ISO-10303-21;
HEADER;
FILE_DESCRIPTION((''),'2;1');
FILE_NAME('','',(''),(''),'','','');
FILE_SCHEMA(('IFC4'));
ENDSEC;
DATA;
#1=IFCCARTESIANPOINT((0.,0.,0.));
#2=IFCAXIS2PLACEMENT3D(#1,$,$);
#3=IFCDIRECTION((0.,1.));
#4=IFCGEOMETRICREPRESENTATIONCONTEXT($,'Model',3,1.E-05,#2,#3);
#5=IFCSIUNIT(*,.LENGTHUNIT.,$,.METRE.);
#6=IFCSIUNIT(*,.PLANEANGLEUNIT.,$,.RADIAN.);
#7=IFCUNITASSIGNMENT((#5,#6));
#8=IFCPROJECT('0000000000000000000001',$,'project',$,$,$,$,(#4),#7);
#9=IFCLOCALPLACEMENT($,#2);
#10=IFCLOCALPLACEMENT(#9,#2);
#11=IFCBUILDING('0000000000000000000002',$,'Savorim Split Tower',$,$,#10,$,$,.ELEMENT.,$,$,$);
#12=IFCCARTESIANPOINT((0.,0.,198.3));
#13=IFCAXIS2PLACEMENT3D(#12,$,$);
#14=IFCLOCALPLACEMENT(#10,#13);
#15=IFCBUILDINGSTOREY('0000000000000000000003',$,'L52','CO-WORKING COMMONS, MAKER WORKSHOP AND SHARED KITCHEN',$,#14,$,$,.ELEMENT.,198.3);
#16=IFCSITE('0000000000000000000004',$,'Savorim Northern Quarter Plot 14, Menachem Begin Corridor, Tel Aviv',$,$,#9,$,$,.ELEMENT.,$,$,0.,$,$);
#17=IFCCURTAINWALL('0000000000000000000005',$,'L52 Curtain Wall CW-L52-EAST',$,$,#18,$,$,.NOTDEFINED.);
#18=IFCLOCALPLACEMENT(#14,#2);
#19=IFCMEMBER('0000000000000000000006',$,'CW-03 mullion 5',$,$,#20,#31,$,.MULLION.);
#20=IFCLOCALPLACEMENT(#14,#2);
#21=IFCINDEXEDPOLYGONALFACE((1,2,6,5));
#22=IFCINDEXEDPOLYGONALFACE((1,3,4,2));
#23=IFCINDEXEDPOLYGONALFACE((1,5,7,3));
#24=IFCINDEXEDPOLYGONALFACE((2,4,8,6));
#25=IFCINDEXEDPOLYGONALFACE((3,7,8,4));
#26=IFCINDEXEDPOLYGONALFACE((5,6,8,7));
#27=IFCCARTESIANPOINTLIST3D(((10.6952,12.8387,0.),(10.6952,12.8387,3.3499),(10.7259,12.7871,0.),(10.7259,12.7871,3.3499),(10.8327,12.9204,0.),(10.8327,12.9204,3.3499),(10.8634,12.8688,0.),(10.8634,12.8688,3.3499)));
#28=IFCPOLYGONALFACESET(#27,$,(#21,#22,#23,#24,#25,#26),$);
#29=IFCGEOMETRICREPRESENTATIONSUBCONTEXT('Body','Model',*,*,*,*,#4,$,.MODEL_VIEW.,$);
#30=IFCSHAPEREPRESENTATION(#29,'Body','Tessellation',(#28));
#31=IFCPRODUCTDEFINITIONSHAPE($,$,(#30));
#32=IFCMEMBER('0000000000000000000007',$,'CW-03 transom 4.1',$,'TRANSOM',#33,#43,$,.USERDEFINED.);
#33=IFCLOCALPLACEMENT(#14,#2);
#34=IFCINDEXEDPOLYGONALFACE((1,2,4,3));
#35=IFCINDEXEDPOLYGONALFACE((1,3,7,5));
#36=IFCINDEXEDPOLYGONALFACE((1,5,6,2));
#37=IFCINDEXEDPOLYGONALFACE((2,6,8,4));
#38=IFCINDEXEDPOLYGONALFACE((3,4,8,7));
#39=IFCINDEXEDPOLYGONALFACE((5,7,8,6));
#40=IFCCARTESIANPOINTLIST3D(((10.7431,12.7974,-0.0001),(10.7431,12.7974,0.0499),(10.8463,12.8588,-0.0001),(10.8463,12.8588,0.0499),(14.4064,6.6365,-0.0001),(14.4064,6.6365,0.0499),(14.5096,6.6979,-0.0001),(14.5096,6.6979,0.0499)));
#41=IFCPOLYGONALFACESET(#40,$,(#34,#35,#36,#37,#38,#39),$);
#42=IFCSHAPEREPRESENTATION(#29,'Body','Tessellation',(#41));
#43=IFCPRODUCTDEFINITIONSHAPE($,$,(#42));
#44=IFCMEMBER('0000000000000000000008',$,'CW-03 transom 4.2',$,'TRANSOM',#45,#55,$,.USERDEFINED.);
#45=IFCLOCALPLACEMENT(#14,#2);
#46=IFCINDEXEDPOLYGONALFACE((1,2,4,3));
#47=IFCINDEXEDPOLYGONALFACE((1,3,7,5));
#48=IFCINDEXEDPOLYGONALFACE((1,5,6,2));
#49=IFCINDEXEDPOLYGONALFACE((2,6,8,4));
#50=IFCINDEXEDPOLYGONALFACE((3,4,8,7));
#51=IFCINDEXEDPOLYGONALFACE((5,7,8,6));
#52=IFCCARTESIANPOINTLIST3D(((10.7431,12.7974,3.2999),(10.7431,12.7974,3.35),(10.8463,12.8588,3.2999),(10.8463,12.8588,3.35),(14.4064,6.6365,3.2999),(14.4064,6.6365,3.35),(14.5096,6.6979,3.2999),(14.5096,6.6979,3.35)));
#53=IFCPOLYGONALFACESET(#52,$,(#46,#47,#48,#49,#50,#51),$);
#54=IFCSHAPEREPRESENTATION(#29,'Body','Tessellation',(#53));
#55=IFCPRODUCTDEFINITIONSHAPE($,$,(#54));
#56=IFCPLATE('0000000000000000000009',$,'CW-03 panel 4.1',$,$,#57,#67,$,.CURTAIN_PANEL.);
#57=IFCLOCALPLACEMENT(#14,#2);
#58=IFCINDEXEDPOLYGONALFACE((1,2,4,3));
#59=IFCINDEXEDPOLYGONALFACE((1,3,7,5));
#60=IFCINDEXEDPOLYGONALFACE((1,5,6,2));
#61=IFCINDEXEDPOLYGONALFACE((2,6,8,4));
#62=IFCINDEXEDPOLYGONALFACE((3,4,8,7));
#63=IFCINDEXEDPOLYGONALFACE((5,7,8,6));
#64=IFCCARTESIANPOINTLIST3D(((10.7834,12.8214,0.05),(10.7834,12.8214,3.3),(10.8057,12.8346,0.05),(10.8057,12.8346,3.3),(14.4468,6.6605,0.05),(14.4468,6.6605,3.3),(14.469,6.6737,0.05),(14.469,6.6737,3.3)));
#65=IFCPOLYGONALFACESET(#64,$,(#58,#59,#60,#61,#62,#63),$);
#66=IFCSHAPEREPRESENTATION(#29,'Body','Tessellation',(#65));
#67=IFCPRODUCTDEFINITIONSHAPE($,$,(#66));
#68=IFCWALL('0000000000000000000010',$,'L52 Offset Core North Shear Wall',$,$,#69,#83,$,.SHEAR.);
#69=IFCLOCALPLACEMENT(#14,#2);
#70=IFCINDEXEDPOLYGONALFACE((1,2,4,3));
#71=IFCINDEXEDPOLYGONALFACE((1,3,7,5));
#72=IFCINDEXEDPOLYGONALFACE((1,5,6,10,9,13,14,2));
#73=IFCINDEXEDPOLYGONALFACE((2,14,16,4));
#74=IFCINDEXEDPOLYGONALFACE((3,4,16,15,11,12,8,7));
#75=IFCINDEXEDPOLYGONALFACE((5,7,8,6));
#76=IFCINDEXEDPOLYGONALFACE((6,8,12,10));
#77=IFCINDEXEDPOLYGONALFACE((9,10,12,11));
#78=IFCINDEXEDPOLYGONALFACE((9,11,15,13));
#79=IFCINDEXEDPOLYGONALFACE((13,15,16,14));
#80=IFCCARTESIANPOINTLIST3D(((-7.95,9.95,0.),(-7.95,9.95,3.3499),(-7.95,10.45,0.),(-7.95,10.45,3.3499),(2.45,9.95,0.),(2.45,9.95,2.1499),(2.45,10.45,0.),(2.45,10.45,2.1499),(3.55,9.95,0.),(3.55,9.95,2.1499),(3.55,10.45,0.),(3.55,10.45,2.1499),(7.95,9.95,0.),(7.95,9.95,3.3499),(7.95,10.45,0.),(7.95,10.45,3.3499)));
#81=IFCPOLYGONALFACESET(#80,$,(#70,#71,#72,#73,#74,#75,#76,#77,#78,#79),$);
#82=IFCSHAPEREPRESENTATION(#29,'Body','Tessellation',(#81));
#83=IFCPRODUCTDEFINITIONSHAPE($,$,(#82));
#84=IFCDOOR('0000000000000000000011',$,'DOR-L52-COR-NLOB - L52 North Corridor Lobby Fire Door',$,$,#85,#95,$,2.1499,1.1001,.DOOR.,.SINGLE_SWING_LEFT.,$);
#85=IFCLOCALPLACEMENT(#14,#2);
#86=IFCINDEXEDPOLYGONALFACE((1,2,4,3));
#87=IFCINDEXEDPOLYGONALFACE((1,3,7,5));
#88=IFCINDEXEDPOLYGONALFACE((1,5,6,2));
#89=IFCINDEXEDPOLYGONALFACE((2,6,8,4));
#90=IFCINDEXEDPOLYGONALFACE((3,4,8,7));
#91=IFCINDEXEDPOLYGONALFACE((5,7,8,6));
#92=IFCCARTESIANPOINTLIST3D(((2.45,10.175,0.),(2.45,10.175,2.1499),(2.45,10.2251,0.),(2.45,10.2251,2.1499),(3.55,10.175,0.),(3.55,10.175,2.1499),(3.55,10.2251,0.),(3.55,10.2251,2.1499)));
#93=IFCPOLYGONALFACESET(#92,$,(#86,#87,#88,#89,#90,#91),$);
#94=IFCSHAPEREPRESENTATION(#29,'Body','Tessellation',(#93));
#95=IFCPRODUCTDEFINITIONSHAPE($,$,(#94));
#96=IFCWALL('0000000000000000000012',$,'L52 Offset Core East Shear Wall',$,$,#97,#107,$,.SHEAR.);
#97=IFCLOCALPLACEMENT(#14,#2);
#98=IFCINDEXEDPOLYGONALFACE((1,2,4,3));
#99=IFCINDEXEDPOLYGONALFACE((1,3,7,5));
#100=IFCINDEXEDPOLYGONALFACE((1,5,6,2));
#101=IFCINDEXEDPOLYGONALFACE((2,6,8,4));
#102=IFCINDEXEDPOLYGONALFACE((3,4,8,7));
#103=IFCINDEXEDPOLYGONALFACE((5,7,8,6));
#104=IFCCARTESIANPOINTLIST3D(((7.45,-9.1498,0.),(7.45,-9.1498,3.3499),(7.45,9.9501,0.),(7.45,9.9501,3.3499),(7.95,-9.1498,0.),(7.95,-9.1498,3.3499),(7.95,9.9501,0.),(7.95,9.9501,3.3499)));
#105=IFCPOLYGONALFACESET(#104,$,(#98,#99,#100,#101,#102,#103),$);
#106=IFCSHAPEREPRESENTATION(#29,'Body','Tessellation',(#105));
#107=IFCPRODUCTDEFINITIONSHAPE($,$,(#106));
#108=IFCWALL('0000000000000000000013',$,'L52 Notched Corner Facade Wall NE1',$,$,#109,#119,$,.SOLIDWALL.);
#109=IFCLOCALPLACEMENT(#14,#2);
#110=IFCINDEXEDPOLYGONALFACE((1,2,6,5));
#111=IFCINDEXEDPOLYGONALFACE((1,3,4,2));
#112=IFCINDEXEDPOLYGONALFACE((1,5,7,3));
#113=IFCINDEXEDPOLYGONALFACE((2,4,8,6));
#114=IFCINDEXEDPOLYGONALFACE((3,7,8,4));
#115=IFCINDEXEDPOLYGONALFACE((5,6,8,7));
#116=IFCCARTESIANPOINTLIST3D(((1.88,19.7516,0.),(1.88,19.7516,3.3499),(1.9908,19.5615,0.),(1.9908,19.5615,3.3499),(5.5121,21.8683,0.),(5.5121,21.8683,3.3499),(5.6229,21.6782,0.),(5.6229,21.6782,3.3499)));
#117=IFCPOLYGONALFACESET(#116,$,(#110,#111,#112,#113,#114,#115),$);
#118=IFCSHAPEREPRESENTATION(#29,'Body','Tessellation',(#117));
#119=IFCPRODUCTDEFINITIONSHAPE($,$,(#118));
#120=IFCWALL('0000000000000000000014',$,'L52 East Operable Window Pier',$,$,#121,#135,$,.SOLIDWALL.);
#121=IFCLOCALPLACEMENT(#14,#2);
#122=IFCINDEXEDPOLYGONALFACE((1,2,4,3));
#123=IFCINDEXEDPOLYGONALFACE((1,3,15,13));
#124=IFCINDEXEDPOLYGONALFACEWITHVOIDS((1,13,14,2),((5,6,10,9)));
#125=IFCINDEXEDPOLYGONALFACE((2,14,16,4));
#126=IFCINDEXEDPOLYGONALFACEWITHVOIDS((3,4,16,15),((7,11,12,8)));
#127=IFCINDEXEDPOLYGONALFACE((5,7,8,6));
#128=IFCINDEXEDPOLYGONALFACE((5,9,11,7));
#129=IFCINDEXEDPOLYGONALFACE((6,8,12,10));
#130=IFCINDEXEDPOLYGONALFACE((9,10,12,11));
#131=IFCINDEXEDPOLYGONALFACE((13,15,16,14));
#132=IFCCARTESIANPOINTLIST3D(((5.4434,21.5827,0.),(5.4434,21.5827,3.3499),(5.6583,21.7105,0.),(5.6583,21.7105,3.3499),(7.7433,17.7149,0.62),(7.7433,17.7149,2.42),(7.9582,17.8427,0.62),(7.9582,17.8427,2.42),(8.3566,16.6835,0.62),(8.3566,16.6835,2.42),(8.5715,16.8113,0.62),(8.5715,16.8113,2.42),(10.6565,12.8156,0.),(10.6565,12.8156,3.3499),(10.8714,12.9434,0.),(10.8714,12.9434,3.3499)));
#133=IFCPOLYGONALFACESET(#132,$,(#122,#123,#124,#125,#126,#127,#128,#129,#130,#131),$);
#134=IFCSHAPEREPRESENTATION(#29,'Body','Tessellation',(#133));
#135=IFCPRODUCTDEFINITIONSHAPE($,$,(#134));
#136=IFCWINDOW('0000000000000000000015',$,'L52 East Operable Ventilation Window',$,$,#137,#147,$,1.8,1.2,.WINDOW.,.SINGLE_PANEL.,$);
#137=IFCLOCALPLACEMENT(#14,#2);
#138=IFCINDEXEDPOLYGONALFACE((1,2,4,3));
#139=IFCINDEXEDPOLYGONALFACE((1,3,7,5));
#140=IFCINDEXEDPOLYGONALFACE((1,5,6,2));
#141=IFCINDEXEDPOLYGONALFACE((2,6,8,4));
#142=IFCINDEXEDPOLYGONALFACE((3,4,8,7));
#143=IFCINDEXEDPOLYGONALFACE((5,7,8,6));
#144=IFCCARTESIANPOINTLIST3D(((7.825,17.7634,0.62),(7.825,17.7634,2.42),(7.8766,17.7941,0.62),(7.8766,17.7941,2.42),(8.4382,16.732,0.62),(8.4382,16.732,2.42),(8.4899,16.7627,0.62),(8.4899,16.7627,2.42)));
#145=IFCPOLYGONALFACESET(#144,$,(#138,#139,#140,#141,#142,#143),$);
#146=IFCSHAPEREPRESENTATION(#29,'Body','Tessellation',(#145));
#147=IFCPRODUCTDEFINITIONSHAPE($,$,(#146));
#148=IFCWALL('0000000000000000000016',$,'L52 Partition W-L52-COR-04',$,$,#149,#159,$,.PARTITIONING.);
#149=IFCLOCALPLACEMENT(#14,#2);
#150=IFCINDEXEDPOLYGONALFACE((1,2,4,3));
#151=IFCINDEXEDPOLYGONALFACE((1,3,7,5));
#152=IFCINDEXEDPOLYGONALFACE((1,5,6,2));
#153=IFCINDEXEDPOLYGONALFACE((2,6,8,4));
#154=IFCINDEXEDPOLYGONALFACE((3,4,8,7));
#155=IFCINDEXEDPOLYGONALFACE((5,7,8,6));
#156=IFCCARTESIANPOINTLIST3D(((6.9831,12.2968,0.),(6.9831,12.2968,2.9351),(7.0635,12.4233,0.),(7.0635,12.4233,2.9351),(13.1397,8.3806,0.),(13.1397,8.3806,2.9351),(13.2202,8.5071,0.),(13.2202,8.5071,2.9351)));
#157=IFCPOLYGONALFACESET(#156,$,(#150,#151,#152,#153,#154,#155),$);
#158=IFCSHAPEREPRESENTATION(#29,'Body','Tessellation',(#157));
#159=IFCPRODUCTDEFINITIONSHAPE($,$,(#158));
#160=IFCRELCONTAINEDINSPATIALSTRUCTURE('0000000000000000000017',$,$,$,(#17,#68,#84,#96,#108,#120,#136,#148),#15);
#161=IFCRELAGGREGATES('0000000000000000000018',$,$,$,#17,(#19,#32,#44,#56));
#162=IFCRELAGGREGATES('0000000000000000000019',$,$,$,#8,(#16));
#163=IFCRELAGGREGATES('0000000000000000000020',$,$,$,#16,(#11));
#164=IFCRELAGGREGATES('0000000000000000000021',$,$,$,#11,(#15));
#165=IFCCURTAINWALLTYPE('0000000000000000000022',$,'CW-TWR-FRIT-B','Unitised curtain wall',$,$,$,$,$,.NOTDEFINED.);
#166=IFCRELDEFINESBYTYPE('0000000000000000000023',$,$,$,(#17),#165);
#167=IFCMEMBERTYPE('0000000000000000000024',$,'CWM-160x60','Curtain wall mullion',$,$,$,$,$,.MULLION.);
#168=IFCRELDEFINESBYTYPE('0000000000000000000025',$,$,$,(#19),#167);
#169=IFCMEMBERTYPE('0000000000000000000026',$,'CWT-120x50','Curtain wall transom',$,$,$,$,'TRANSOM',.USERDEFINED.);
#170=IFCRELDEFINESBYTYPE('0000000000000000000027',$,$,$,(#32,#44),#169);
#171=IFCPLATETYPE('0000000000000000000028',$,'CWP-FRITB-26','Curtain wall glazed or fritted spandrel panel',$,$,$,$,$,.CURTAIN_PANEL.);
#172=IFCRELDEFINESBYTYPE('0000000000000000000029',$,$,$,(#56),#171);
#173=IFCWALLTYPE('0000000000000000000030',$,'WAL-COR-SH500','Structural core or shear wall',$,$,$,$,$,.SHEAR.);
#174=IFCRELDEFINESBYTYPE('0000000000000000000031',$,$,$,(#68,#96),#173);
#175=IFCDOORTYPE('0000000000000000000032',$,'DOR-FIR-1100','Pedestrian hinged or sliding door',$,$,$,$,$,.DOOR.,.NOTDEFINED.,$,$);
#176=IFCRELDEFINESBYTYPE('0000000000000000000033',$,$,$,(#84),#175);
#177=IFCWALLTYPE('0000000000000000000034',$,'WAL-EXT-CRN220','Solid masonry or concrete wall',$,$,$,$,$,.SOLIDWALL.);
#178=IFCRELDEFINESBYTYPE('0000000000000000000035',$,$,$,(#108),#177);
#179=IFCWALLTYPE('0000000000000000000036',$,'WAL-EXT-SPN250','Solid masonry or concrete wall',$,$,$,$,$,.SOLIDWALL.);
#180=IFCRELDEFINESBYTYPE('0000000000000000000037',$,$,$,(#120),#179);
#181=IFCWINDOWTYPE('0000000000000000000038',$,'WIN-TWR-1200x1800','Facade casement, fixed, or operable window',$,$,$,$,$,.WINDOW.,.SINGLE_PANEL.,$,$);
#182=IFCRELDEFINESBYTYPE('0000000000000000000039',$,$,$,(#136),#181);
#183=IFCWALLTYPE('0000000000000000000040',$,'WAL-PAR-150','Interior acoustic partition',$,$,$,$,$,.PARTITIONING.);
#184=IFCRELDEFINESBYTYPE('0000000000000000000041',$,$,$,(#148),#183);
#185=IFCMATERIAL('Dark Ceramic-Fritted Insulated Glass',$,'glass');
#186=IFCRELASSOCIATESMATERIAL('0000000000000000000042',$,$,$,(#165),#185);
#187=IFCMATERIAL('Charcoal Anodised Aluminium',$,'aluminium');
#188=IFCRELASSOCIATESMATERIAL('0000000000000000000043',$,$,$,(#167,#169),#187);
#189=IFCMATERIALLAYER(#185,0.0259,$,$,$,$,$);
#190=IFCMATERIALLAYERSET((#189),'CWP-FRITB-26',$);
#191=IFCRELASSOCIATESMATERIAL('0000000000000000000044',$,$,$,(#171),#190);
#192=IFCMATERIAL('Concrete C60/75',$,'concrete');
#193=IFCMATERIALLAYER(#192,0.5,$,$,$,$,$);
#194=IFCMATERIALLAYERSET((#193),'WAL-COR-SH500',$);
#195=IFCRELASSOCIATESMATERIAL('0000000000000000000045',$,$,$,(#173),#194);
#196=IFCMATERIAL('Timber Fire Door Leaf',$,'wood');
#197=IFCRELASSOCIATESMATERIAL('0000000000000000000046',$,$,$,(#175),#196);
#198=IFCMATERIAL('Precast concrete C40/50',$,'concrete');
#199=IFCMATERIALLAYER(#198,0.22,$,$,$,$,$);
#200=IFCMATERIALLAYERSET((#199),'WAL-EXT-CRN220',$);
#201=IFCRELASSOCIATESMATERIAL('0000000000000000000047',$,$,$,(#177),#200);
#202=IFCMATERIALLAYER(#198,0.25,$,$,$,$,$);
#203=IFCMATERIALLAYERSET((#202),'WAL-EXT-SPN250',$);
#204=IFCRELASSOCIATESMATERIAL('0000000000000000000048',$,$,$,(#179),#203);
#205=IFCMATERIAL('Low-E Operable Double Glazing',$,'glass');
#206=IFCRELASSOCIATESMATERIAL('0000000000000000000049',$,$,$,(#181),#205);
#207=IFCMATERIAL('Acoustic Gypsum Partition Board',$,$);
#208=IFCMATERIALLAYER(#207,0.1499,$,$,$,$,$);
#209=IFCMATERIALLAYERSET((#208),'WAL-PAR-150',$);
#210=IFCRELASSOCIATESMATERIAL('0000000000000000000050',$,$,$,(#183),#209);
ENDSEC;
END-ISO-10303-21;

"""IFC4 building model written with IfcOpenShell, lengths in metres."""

from ifc_helpers import new_model, si_unit, direction, frame, frame_2d, origin, origin_2d, place, context, subcontext, project, spatial, rectangle, extrude, material, layer, layer_set, material_profile, profile_set, type_object, element, fill, aggregate, save


model = new_model("IFC4")

# Units and contexts
model_context = context("Model", 3, precision=1e-05, world=origin(), true_north=direction((0.0, 1.0)))
body_context = subcontext(model_context, "Body", "Model", "MODEL_VIEW")
ifc_project = project(units=[si_unit("LENGTHUNIT", "METRE"), si_unit("PLANEANGLEUNIT", "RADIAN")], contexts=[model_context])

# Site, building, storey
site_placement = place(None, origin())
site = spatial("IfcSite", under=ifc_project, at=site_placement, Name="Savorim Northern Quarter Plot 14, Menachem Begin Corridor, Tel Aviv", CompositionType="ELEMENT", RefElevation=0.0)
building_placement = place(site_placement, origin())
building = spatial("IfcBuilding", under=site, at=building_placement, Name="Savorim Split Tower", CompositionType="ELEMENT")
storey_placement = place(building_placement, frame((0.0, 0.0, 198.3)))
storey = spatial("IfcBuildingStorey", under=building, at=storey_placement, Name="L52", Description="CO-WORKING COMMONS, MAKER WORKSHOP AND SHARED KITCHEN", CompositionType="ELEMENT", Elevation=198.3)

# Curtain wall, members, plate
ifc_material_1 = material(Name="Dark Ceramic-Fritted Insulated Glass", Category="glass")
curtain_wall_type = type_object("IfcCurtainWallType", Name="CW-TWR-FRIT-B", Description="Unitised curtain wall", PredefinedType="NOTDEFINED", material=ifc_material_1)
curtain_wall_placement = place(storey_placement, origin())
curtain_wall = element("IfcCurtainWall", 1, at=curtain_wall_placement, inside=storey, type_object=curtain_wall_type, Name="L52 Curtain Wall CW-L52-EAST", PredefinedType="NOTDEFINED")
ifc_material_2 = material(Name="Charcoal Anodised Aluminium", Category="aluminium")
ifc_material_profile_1 = material_profile(ifc_material_2, rectangle(XDim=0.1599, YDim=0.0601, at=origin_2d()), Name="ALU-M 160x60")
ifc_profile_set_1 = profile_set([ifc_material_profile_1], Name="Charcoal Anodised Aluminium")
member_type_1 = type_object("IfcMemberType", Name="CWM-160x60", Description="Curtain wall mullion", PredefinedType="MULLION", material=ifc_profile_set_1)
member_1_placement = place(storey_placement, frame((10.7793, 12.8538, 0.0), z_axis=(0.0, 0.0, 1.0), x_axis=(-0.859526, -0.511092, 0.0)))
member_1 = element("IfcMember", 2, at=member_1_placement, type_object=member_type_1, Name="CW-03 mullion 5", PredefinedType="MULLION", context=body_context, shape_type="SweptSolid", body=[
    extrude(rectangle(XDim=0.1599, YDim=0.0601, at=origin_2d()), origin(), (0.0, 0.0, 1.0), 3.3499),
])
ifc_material_profile_2 = material_profile(ifc_material_2, rectangle(XDim=0.1201, YDim=0.05, at=origin_2d()), Name="ALU-T 120x50")
ifc_profile_set_2 = profile_set([ifc_material_profile_2], Name="Charcoal Anodised Aluminium")
member_type_2 = type_object("IfcMemberType", Name="CWT-120x50", Description="Curtain wall transom", ElementType="TRANSOM", PredefinedType="USERDEFINED", material=ifc_profile_set_2)
member_2_placement = place(storey_placement, frame((14.458, 6.6672, 0.0249), z_axis=(-0.511086, 0.85953, 0.0), x_axis=(-0.85953, -0.511086, 0.0)))
member_2 = element("IfcMember", 3, at=member_2_placement, type_object=member_type_2, Name="CW-03 transom 4.1", ObjectType="TRANSOM", PredefinedType="USERDEFINED", context=body_context, shape_type="SweptSolid", body=[
    extrude(rectangle(XDim=0.1201, YDim=0.05, at=origin_2d()), origin(), (0.0, 0.0, 1.0), 7.1677),
])
member_3_placement = place(storey_placement, frame((14.458, 6.6672, 3.325), z_axis=(-0.511086, 0.85953, 0.0), x_axis=(-0.85953, -0.511086, 0.0)))
member_3 = element("IfcMember", 4, at=member_3_placement, type_object=member_type_2, Name="CW-03 transom 4.2", ObjectType="TRANSOM", PredefinedType="USERDEFINED", context=body_context, shape_type="SweptSolid", body=[
    extrude(rectangle(XDim=0.1201, YDim=0.05, at=origin_2d()), origin(), (0.0, 0.0, 1.0), 7.1677),
])
ifc_layer_1 = layer(ifc_material_1, 0.0259)
ifc_layer_set_1 = layer_set([ifc_layer_1], Name="CWP-FRITB-26")
plate_type = type_object("IfcPlateType", Name="CWP-FRITB-26", Description="Curtain wall glazed or fritted spandrel panel", PredefinedType="CURTAIN_PANEL", material=ifc_layer_set_1)
plate_placement = place(storey_placement, frame((12.6262, 9.7476, 0.05), z_axis=(0.0, 0.0, 1.0), x_axis=(-0.511092, 0.859526, 0.0)))
plate = element("IfcPlate", 5, at=plate_placement, type_object=plate_type, Name="CW-03 panel 4.1", PredefinedType="CURTAIN_PANEL", context=body_context, shape_type="SweptSolid", body=[
    extrude(rectangle(XDim=7.1677, YDim=0.0259, at=origin_2d()), origin(), (0.0, 0.0, 1.0), 3.25),
])
aggregate(curtain_wall, [member_1, member_2, member_3, plate])

# Wall, opening, door
ifc_material_3 = material(Name="Concrete C60/75", Category="concrete")
ifc_layer_2 = layer(ifc_material_3, 0.5)
ifc_layer_set_2 = layer_set([ifc_layer_2], Name="WAL-COR-SH500")
wall_type_1 = type_object("IfcWallType", Name="WAL-COR-SH500", Description="Structural core or shear wall", PredefinedType="SHEAR", material=ifc_layer_set_2)
wall_1_placement = place(storey_placement, frame((7.95, 10.2, 0.0), z_axis=(0.0, 0.0, 1.0), x_axis=(-1.0, 0.0, 0.0)))
wall_1 = element("IfcWall", 6, at=wall_1_placement, inside=storey, type_object=wall_type_1, Name="L52 Offset Core North Shear Wall", PredefinedType="SHEAR", context=body_context, shape_type="SweptSolid", body=[
    extrude(rectangle(XDim=15.8999, YDim=0.5, at=frame_2d((7.95, 0.0))), origin(), (0.0, 0.0, 1.0), 3.3499),
])
opening_1_placement = place(wall_1_placement, frame((4.3999, 0.0, 0.0)))
opening_1 = element("IfcOpeningElement", 7, at=opening_1_placement, cuts=wall_1, PredefinedType="OPENING", context=body_context, shape_type="SweptSolid", body=[
    extrude(rectangle(XDim=1.1001, YDim=2.1499, at=frame_2d((0.55, 1.075))), frame((0.0, 0.26, 0.0), z_axis=(0.0, -1.0, 0.0), x_axis=(1.0, 0.0, 0.0)), (0.0, 0.0, 1.0), 0.52),
])
ifc_material_4 = material(Name="Timber Fire Door Leaf", Category="wood")
door_type_1 = type_object("IfcDoorType", Name="DOR-FIR-1100", Description="Pedestrian hinged or sliding door", OperationType="NOTDEFINED", PredefinedType="DOOR", material=ifc_material_4)
door_1_placement = place(opening_1_placement, origin())
door_1 = element("IfcDoor", 8, at=door_1_placement, inside=storey, type_object=door_type_1, Name="DOR-L52-COR-NLOB - L52 North Corridor Lobby Fire Door", OperationType="SINGLE_SWING_LEFT", OverallHeight=2.1499, OverallWidth=1.1001, PredefinedType="DOOR", context=body_context, shape_type="SweptSolid", body=[
    extrude(rectangle(XDim=1.1001, YDim=2.1499, at=frame_2d((0.55, 1.075))), frame((0.0, 0.0249, 0.0), z_axis=(0.0, -1.0, 0.0), x_axis=(1.0, 0.0, 0.0)), (0.0, 0.0, 1.0), 0.05),
])
fill(opening_1, door_1)

# Walls
wall_2_placement = place(storey_placement, frame((7.7, 9.95, 0.0), z_axis=(0.0, 0.0, 1.0), x_axis=(0.0, -1.0, 0.0)))
element("IfcWall", 9, at=wall_2_placement, inside=storey, type_object=wall_type_1, Name="L52 Offset Core East Shear Wall", PredefinedType="SHEAR", context=body_context, shape_type="SweptSolid", body=[
    extrude(rectangle(XDim=19.0999, YDim=0.5, at=frame_2d((9.5498, 0.0))), origin(), (0.0, 0.0, 1.0), 3.3499),
])
ifc_material_5 = material(Name="Precast concrete C40/50", Category="concrete")
ifc_layer_3 = layer(ifc_material_5, 0.22)
ifc_layer_set_3 = layer_set([ifc_layer_3], Name="WAL-EXT-CRN220")
wall_type_2 = type_object("IfcWallType", Name="WAL-EXT-CRN220", Description="Solid masonry or concrete wall", PredefinedType="SOLIDWALL", material=ifc_layer_set_3)
wall_3_placement = place(storey_placement, frame((1.9353, 19.6565, 0.0), z_axis=(0.0, 0.0, 1.0), x_axis=(0.863987, 0.503514, 0.0)))
element("IfcWall", 10, at=wall_3_placement, inside=storey, type_object=wall_type_2, Name="L52 Notched Corner Facade Wall NE1", PredefinedType="SOLIDWALL", context=body_context, shape_type="SweptSolid", body=[
    extrude(rectangle(XDim=4.2039, YDim=0.22, at=frame_2d((2.1021, 0.0))), origin(), (0.0, 0.0, 1.0), 3.3499),
])

# Wall, opening, window
ifc_layer_4 = layer(ifc_material_5, 0.25)
ifc_layer_set_4 = layer_set([ifc_layer_4], Name="WAL-EXT-SPN250")
wall_type_3 = type_object("IfcWallType", Name="WAL-EXT-SPN250", Description="Solid masonry or concrete wall", PredefinedType="SOLIDWALL", material=ifc_layer_set_4)
wall_4_placement = place(storey_placement, frame((5.5508, 21.6467, 0.0), z_axis=(0.0, 0.0, 1.0), x_axis=(0.511095, -0.859524, 0.0)))
wall_4 = element("IfcWall", 11, at=wall_4_placement, inside=storey, type_object=wall_type_3, Name="L52 East Operable Window Pier", PredefinedType="SOLIDWALL", context=body_context, shape_type="SweptSolid", body=[
    extrude(rectangle(XDim=10.2, YDim=0.25, at=frame_2d((5.1001, 0.0))), origin(), (0.0, 0.0, 1.0), 3.3499),
])
opening_2_placement = place(wall_4_placement, frame((4.5, 0.0, 0.6201)))
opening_2 = element("IfcOpeningElement", 12, at=opening_2_placement, cuts=wall_4, PredefinedType="OPENING", context=body_context, shape_type="SweptSolid", body=[
    extrude(rectangle(XDim=1.2, YDim=1.8, at=frame_2d((0.6001, 0.8999))), frame((0.0, 0.135, 0.0), z_axis=(0.0, -1.0, 0.0), x_axis=(1.0, 0.0, 0.0)), (0.0, 0.0, 1.0), 0.27),
])
ifc_material_6 = material(Name="Low-E Operable Double Glazing", Category="glass")
window_type = type_object("IfcWindowType", Name="WIN-TWR-1200x1800", Description="Facade casement, fixed, or operable window", PartitioningType="SINGLE_PANEL", PredefinedType="WINDOW", material=ifc_material_6)
window_placement = place(opening_2_placement, origin())
window = element("IfcWindow", 13, at=window_placement, inside=storey, type_object=window_type, Name="L52 East Operable Ventilation Window", OverallHeight=1.8, OverallWidth=1.2, PartitioningType="SINGLE_PANEL", PredefinedType="WINDOW", context=body_context, shape_type="SweptSolid", body=[
    extrude(rectangle(XDim=1.2, YDim=1.8, at=frame_2d((0.6001, 0.8999))), frame((0.0, 0.03, 0.0), z_axis=(0.0, -1.0, 0.0), x_axis=(1.0, 0.0, 0.0)), (0.0, 0.0, 1.0), 0.0601),
])
fill(opening_2, window)

# Wall
ifc_material_7 = material(Name="Acoustic Gypsum Partition Board")
ifc_layer_5 = layer(ifc_material_7, 0.1499)
ifc_layer_set_5 = layer_set([ifc_layer_5], Name="WAL-PAR-150")
wall_type_4 = type_object("IfcWallType", Name="WAL-PAR-150", Description="Interior acoustic partition", PredefinedType="PARTITIONING", material=ifc_layer_set_5)
wall_5_placement = place(storey_placement, frame((7.0232, 12.3601, 0.0), z_axis=(0.0, 0.0, 1.0), x_axis=(0.843765, -0.536713, 0.0)))
element("IfcWall", 14, at=wall_5_placement, inside=storey, type_object=wall_type_4, Name="L52 Partition W-L52-COR-04", PredefinedType="PARTITIONING", context=body_context, shape_type="SweptSolid", body=[
    extrude(rectangle(XDim=7.2966, YDim=0.1499, at=frame_2d((3.6484, 0.0))), origin(), (0.0, 0.0, 1.0), 2.9351),
])

save(model, "model.ifc")
